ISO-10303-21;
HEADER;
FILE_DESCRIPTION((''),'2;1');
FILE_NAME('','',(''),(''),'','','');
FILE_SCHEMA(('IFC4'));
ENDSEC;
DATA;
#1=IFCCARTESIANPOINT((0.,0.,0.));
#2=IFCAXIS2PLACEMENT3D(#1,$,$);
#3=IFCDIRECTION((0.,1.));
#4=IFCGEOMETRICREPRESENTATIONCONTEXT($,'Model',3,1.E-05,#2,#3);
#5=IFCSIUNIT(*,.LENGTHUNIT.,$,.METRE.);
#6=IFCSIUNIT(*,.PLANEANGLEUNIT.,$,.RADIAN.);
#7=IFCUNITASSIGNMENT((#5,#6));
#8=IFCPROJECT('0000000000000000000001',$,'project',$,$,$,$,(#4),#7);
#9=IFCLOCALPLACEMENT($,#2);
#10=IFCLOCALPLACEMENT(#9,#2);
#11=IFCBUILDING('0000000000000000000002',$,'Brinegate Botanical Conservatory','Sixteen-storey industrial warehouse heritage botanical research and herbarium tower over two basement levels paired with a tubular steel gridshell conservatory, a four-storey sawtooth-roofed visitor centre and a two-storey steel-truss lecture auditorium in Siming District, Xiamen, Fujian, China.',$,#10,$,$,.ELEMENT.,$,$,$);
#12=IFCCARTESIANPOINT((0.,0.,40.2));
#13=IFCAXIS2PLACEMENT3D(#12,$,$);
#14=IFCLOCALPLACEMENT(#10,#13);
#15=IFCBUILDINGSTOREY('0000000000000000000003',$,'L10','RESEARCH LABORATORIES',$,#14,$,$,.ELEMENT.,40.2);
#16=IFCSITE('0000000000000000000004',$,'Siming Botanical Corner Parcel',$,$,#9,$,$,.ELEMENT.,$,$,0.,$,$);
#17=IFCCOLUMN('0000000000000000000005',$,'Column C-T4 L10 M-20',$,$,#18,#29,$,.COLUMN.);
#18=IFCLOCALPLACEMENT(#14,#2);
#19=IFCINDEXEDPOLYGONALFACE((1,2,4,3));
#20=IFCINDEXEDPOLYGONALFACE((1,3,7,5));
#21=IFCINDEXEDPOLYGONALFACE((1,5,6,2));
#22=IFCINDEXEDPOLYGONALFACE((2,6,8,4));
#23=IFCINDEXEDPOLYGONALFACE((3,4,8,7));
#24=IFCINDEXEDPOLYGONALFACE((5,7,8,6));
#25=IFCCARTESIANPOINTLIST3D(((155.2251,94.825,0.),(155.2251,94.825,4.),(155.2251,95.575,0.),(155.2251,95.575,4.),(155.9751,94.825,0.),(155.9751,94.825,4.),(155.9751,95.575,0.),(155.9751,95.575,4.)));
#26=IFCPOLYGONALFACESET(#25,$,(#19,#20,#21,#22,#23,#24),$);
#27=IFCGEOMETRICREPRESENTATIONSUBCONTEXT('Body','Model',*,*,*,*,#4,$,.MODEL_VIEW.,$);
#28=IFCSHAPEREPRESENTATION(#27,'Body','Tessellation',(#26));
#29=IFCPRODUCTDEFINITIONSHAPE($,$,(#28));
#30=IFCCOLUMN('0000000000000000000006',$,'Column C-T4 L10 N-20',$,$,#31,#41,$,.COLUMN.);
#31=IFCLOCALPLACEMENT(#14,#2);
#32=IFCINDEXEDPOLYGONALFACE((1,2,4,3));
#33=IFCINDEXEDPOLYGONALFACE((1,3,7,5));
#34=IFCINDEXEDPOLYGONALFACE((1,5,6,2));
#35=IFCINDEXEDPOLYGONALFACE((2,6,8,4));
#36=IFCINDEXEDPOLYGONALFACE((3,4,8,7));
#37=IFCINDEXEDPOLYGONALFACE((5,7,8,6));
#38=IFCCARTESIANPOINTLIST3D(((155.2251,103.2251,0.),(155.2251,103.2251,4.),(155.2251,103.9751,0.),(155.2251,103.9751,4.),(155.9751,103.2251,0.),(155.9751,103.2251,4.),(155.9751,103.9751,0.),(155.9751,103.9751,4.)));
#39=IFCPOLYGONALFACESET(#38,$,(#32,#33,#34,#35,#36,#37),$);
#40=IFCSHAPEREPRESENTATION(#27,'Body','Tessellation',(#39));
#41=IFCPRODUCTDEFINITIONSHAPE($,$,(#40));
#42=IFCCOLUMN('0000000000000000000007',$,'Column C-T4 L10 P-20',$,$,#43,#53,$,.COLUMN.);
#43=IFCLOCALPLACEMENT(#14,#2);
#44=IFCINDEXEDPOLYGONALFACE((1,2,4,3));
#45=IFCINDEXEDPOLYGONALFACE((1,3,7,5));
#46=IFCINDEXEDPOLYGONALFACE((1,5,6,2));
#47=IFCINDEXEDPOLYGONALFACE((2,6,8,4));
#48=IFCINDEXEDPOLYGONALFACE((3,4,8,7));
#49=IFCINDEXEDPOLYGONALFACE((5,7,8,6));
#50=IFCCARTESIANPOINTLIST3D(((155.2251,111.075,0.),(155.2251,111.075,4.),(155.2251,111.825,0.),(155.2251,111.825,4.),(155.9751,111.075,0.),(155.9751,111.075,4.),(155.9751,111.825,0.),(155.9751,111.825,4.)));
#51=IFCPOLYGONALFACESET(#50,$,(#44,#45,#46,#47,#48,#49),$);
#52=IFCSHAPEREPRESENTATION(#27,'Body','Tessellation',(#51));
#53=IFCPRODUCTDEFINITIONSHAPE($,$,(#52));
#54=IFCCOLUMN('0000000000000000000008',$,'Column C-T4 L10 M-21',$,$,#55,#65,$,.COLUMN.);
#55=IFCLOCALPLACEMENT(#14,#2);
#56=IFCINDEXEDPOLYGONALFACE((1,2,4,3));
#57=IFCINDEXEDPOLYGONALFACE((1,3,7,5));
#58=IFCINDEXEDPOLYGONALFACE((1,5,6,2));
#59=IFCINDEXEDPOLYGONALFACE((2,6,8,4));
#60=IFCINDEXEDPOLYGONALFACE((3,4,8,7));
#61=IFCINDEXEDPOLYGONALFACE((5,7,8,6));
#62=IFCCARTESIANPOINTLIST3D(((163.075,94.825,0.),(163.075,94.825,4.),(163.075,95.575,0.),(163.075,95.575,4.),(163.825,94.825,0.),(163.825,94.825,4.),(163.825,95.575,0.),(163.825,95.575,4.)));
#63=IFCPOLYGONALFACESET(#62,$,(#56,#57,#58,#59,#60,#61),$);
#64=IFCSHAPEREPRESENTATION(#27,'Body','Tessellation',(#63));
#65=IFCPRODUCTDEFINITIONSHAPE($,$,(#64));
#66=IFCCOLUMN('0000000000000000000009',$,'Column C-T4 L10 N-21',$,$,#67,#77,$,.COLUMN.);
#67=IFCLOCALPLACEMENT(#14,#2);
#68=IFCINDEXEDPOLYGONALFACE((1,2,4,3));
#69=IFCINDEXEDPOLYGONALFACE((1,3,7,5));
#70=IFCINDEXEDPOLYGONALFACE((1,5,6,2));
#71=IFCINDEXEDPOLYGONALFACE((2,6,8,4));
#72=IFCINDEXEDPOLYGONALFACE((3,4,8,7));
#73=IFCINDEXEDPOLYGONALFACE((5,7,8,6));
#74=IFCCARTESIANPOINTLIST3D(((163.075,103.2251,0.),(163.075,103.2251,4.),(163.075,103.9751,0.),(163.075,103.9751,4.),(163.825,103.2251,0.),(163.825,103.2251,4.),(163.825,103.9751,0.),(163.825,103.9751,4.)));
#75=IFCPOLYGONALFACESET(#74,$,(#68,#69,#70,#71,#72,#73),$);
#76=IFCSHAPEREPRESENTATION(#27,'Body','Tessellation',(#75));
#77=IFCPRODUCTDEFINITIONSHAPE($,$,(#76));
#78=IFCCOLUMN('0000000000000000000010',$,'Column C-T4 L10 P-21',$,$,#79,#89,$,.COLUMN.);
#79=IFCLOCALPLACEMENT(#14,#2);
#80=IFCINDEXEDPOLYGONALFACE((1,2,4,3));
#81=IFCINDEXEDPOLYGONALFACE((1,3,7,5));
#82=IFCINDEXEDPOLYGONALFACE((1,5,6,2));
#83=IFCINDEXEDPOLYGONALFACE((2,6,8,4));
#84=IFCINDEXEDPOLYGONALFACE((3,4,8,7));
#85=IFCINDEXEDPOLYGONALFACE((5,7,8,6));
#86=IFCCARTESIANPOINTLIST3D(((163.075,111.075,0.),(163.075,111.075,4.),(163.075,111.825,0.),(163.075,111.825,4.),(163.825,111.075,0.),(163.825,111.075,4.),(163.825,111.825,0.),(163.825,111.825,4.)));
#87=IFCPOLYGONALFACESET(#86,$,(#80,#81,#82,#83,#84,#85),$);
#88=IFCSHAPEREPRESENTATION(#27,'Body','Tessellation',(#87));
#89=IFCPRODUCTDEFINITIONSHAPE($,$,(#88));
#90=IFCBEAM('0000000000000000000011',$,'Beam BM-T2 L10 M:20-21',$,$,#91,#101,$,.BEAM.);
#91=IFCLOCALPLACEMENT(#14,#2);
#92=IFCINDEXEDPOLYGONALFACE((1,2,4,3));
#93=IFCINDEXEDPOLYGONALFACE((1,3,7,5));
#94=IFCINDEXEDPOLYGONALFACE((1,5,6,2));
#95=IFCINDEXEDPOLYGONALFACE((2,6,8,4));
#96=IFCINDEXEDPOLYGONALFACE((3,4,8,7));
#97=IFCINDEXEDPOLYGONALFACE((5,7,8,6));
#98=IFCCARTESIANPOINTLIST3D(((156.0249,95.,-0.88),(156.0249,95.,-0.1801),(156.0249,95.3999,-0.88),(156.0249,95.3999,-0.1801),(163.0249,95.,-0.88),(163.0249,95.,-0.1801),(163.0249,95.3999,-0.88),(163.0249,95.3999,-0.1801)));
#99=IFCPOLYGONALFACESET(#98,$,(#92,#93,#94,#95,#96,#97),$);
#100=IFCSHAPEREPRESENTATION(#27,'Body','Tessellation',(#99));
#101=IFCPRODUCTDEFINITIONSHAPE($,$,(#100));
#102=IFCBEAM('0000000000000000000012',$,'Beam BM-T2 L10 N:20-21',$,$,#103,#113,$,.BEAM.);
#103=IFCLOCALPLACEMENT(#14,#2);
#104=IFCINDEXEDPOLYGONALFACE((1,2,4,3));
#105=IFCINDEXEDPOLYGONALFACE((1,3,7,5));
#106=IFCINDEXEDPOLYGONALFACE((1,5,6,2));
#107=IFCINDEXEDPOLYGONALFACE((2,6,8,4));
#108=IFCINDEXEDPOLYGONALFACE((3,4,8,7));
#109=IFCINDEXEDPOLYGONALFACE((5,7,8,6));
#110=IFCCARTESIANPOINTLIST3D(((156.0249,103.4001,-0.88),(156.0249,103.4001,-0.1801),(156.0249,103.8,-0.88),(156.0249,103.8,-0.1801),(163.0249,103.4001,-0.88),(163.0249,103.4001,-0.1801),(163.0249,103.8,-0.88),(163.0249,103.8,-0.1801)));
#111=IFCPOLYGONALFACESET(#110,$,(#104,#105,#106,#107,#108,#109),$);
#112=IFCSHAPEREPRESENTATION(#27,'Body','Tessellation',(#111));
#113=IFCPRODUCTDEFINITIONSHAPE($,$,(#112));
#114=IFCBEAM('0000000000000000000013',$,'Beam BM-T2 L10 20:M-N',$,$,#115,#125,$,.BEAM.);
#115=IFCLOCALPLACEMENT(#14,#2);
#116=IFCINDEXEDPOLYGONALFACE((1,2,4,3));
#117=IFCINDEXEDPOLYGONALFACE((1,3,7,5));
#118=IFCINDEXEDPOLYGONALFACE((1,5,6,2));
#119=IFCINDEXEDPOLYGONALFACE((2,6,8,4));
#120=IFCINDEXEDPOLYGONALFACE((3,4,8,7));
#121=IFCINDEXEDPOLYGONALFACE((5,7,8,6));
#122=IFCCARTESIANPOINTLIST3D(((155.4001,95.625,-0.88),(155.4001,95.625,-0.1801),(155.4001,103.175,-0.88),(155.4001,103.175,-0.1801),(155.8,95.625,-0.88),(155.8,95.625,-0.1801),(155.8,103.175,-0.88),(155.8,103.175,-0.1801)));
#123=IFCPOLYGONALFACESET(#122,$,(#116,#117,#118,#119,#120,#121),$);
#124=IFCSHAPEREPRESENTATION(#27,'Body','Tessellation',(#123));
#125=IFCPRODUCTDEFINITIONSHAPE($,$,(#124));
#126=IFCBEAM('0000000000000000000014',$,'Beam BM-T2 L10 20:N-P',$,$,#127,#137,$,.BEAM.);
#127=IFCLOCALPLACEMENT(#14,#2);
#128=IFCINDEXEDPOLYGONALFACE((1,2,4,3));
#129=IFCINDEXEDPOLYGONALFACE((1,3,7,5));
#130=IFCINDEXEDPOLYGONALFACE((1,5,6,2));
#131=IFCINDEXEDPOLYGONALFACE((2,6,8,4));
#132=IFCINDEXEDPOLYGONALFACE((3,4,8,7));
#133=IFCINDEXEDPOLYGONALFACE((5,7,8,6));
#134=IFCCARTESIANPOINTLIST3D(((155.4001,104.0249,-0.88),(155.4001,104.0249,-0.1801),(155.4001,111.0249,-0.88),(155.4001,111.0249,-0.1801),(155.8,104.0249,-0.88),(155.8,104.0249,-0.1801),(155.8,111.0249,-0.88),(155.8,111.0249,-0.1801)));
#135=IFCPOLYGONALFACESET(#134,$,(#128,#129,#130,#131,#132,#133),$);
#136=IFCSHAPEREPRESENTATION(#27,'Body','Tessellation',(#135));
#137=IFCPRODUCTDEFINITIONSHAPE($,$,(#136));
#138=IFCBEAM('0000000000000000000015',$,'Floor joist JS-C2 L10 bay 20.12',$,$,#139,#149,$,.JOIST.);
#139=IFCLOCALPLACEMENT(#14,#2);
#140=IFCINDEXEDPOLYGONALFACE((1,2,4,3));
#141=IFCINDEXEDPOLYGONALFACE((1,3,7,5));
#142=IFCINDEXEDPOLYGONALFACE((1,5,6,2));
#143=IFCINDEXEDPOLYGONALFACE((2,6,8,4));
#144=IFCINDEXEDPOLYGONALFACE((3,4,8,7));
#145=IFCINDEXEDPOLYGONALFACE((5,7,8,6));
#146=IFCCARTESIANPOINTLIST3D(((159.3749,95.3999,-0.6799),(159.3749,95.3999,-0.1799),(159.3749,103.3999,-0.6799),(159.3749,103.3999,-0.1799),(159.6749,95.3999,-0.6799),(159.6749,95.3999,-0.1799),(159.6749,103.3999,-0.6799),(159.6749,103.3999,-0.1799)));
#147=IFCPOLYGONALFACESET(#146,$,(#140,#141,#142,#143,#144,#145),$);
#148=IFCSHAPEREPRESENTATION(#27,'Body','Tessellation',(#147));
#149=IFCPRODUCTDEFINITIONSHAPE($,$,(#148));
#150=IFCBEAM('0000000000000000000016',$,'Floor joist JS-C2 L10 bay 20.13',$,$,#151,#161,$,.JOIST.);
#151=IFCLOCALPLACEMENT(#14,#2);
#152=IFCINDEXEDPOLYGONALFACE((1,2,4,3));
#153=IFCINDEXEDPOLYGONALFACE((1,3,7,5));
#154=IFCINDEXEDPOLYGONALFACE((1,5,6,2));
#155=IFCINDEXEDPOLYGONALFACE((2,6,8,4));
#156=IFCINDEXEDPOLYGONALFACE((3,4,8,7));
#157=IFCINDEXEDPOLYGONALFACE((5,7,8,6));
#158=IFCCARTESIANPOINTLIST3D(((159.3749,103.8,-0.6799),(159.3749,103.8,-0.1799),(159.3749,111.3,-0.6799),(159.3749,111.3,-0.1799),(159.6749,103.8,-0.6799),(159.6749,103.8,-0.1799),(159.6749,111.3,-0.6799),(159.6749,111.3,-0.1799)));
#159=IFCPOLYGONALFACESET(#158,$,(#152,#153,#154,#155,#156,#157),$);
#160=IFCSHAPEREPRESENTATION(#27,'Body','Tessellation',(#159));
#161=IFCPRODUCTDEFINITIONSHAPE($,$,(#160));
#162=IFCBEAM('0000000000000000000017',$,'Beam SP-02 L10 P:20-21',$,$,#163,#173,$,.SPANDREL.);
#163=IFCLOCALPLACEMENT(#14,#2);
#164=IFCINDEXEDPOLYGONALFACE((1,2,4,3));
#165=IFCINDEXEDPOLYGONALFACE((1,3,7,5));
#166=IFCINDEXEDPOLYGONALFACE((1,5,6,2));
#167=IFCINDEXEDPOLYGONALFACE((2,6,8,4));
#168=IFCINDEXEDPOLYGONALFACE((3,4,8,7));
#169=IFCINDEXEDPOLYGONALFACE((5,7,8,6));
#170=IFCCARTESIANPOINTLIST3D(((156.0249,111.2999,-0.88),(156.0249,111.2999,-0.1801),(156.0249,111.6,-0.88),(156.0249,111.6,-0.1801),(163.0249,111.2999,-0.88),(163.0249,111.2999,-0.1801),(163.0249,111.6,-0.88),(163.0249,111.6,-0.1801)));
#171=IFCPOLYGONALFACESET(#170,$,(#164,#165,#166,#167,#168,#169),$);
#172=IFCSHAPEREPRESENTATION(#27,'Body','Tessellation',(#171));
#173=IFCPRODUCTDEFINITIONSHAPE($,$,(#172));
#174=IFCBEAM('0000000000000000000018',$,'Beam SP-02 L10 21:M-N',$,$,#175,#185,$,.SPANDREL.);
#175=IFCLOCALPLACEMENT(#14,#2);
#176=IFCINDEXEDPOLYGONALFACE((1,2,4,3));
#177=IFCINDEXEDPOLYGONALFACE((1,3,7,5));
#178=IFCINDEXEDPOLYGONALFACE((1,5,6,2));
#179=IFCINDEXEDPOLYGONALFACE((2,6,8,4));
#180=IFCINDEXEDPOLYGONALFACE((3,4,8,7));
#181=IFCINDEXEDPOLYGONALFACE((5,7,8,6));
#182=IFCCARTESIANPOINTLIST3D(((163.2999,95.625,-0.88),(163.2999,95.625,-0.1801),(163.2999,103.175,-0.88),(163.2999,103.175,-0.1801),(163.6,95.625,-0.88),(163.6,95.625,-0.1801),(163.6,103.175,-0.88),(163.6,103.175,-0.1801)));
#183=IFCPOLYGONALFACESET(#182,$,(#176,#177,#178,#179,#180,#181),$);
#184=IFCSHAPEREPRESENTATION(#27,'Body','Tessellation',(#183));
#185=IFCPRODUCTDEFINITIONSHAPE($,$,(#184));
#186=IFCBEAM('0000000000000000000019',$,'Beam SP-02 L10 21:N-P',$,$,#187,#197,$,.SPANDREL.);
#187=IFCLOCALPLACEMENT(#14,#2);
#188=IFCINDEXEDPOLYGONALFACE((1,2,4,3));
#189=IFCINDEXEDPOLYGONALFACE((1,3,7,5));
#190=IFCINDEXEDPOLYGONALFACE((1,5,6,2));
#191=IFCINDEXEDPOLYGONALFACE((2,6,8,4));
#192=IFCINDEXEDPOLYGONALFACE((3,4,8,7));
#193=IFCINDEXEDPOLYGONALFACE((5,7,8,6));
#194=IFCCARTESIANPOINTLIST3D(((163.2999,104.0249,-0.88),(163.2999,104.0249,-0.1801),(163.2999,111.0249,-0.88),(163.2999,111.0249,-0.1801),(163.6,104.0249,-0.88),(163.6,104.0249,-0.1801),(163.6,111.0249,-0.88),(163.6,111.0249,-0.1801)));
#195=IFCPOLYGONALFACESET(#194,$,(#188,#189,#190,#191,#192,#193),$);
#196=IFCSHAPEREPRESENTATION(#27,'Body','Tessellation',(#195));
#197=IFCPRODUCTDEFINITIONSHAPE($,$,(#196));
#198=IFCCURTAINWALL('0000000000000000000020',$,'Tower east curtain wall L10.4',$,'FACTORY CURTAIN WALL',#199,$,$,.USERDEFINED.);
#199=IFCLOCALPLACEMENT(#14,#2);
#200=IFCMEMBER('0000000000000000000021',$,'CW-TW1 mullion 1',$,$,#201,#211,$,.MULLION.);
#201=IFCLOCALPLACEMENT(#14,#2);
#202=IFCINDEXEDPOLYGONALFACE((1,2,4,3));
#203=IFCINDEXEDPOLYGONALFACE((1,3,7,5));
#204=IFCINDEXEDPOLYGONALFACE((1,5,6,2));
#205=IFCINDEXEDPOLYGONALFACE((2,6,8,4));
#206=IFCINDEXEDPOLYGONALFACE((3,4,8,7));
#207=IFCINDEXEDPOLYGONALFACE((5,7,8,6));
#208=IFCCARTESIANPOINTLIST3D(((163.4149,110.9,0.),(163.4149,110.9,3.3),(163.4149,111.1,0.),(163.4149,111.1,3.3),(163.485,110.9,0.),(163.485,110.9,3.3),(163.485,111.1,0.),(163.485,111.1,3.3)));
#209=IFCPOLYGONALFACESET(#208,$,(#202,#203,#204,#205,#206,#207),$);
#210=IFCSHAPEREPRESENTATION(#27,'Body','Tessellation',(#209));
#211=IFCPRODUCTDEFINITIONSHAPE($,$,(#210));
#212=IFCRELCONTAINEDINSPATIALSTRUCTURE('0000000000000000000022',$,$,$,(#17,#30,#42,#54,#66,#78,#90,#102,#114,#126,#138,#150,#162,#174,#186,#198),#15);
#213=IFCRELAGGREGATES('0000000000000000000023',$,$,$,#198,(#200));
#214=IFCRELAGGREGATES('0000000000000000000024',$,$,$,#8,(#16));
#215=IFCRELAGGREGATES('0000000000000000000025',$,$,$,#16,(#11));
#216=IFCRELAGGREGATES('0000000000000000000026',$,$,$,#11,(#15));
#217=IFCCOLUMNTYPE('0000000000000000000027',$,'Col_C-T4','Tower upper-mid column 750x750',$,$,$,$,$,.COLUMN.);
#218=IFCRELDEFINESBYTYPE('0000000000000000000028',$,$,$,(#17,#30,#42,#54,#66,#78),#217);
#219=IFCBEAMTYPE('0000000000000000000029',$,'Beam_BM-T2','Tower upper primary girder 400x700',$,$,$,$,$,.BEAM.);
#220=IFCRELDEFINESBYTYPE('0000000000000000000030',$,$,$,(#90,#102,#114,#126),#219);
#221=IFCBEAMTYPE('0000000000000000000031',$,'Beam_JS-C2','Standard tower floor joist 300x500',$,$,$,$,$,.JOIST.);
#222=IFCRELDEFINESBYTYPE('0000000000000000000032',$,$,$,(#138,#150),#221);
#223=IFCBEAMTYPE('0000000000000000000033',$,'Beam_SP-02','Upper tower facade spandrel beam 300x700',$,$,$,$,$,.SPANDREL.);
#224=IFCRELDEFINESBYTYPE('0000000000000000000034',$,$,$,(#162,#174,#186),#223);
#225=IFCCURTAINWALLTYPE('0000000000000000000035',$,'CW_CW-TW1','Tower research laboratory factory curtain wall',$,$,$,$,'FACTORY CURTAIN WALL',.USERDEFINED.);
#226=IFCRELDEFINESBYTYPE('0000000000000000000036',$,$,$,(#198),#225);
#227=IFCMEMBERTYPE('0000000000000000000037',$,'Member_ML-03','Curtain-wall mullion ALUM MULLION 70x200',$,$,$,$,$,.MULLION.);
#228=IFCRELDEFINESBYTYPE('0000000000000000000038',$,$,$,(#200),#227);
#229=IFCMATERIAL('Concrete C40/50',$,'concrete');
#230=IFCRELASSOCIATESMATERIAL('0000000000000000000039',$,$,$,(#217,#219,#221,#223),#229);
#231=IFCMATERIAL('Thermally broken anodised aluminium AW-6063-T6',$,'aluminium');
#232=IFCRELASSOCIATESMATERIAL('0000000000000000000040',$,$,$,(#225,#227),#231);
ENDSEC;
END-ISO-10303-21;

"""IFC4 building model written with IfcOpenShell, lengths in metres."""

from ifc_helpers import new_model, si_unit, direction, frame, origin, origin_2d, place, context, subcontext, project, spatial, rectangle, extrude, material, material_profile, profile_set, type_object, element, aggregate, save


model = new_model("IFC4")

# Units and contexts
model_context = context("Model", 3, precision=1e-05, world=origin(), true_north=direction((0.0, 1.0)))
body_context = subcontext(model_context, "Body", "Model", "MODEL_VIEW")
ifc_project = project(units=[si_unit("LENGTHUNIT", "METRE"), si_unit("PLANEANGLEUNIT", "RADIAN")], contexts=[model_context])

# Site, building, storey
site_placement = place(None, origin())
site = spatial("IfcSite", under=ifc_project, at=site_placement, Name="Siming Botanical Corner Parcel", CompositionType="ELEMENT", RefElevation=0.0)
building_placement = place(site_placement, origin())
building = spatial("IfcBuilding", under=site, at=building_placement, Name="Brinegate Botanical Conservatory", Description="Sixteen-storey industrial warehouse heritage botanical research and herbarium tower over two basement levels paired with a tubular steel gridshell conservatory, a four-storey sawtooth-roofed visitor centre and a two-storey steel-truss lecture auditorium in Siming District, Xiamen, Fujian, China.", CompositionType="ELEMENT")
storey_placement = place(building_placement, frame((0.0, 0.0, 40.2)))
storey = spatial("IfcBuildingStorey", under=building, at=storey_placement, Name="L10", Description="RESEARCH LABORATORIES", CompositionType="ELEMENT", Elevation=40.2)

# Columns
ifc_material_1 = material(Name="Concrete C40/50", Category="concrete")
ifc_material_profile_1 = material_profile(ifc_material_1, rectangle(XDim=0.75, YDim=0.75, at=origin_2d()), Name="RC COL 750x750")
ifc_profile_set_1 = profile_set([ifc_material_profile_1], Name="Concrete C40/50")
column_type = type_object("IfcColumnType", Name="Col_C-T4", Description="Tower upper-mid column 750x750", PredefinedType="COLUMN", material=ifc_profile_set_1)
for number, where, z_axis, x_axis, name in (
    (1, (155.6001, 95.2, 0.0), (0.0, 0.0, 1.0), (1.0, 0.0, 0.0), "Column C-T4 L10 M-20"),
    (2, (155.6001, 103.6001, 0.0), (0.0, 0.0, 1.0), (1.0, 0.0, 0.0), "Column C-T4 L10 N-20"),
    (3, (155.6001, 111.45, 0.0), (0.0, 0.0, 1.0), (1.0, 0.0, 0.0), "Column C-T4 L10 P-20"),
    (4, (163.45, 95.2, 0.0), (0.0, 0.0, 1.0), (1.0, 0.0, 0.0), "Column C-T4 L10 M-21"),
    (5, (163.45, 103.6001, 0.0), (0.0, 0.0, 1.0), (1.0, 0.0, 0.0), "Column C-T4 L10 N-21"),
    (6, (163.45, 111.45, 0.0), (0.0, 0.0, 1.0), (1.0, 0.0, 0.0), "Column C-T4 L10 P-21"),
):
    element("IfcColumn", number, at=place(storey_placement, frame(where, z_axis=z_axis, x_axis=x_axis)), inside=storey, type_object=column_type, Name=name, PredefinedType="COLUMN", context=body_context, shape_type="SweptSolid", body=[
        extrude(rectangle(XDim=0.75, YDim=0.75, at=origin_2d()), origin(), (0.0, 0.0, 1.0), 4.0),
    ])

# Beams
ifc_material_profile_2 = material_profile(ifc_material_1, rectangle(XDim=0.3999, YDim=0.7, at=origin_2d()), Name="RC BM 400x700")
ifc_profile_set_2 = profile_set([ifc_material_profile_2], Name="Concrete C40/50")
beam_type_1 = type_object("IfcBeamType", Name="Beam_BM-T2", Description="Tower upper primary girder 400x700", PredefinedType="BEAM", material=ifc_profile_set_2)
for number, where, z_axis, x_axis, name in (
    (7, (156.0249, 95.2, -0.53), (1.0, 0.0, 0.0), (0.0, 1.0, 0.0), "Beam BM-T2 L10 M:20-21"),
    (8, (156.0249, 103.6001, -0.53), (1.0, 0.0, 0.0), (0.0, 1.0, 0.0), "Beam BM-T2 L10 N:20-21"),
):
    element("IfcBeam", number, at=place(storey_placement, frame(where, z_axis=z_axis, x_axis=x_axis)), inside=storey, type_object=beam_type_1, Name=name, PredefinedType="BEAM", context=body_context, shape_type="SweptSolid", body=[
        extrude(rectangle(XDim=0.3999, YDim=0.7, at=origin_2d()), origin(), (0.0, 0.0, 1.0), 7.0),
    ])
beam_1_placement = place(storey_placement, frame((155.6001, 95.625, -0.53), z_axis=(0.0, 1.0, 0.0), x_axis=(-1.0, 0.0, 0.0)))
element("IfcBeam", 9, at=beam_1_placement, inside=storey, type_object=beam_type_1, Name="Beam BM-T2 L10 20:M-N", PredefinedType="BEAM", context=body_context, shape_type="SweptSolid", body=[
    extrude(rectangle(XDim=0.3999, YDim=0.7, at=origin_2d()), origin(), (0.0, 0.0, 1.0), 7.55),
])
beam_2_placement = place(storey_placement, frame((155.6001, 104.0249, -0.53), z_axis=(0.0, 1.0, 0.0), x_axis=(-1.0, 0.0, 0.0)))
element("IfcBeam", 10, at=beam_2_placement, inside=storey, type_object=beam_type_1, Name="Beam BM-T2 L10 20:N-P", PredefinedType="BEAM", context=body_context, shape_type="SweptSolid", body=[
    extrude(rectangle(XDim=0.3999, YDim=0.7, at=origin_2d()), origin(), (0.0, 0.0, 1.0), 7.0),
])
ifc_material_profile_3 = material_profile(ifc_material_1, rectangle(XDim=0.3, YDim=0.5, at=origin_2d()), Name="RC JST 300x500")
ifc_profile_set_3 = profile_set([ifc_material_profile_3], Name="Concrete C40/50")
beam_type_2 = type_object("IfcBeamType", Name="Beam_JS-C2", Description="Standard tower floor joist 300x500", PredefinedType="JOIST", material=ifc_profile_set_3)
beam_3_placement = place(storey_placement, frame((159.5249, 95.3999, -0.4299), z_axis=(0.0, 1.0, 0.0), x_axis=(-1.0, 0.0, 0.0)))
element("IfcBeam", 11, at=beam_3_placement, inside=storey, type_object=beam_type_2, Name="Floor joist JS-C2 L10 bay 20.12", PredefinedType="JOIST", context=body_context, shape_type="SweptSolid", body=[
    extrude(rectangle(XDim=0.3, YDim=0.5, at=origin_2d()), origin(), (0.0, 0.0, 1.0), 8.0),
])
beam_4_placement = place(storey_placement, frame((159.5249, 103.8, -0.4299), z_axis=(0.0, 1.0, 0.0), x_axis=(-1.0, 0.0, 0.0)))
element("IfcBeam", 12, at=beam_4_placement, inside=storey, type_object=beam_type_2, Name="Floor joist JS-C2 L10 bay 20.13", PredefinedType="JOIST", context=body_context, shape_type="SweptSolid", body=[
    extrude(rectangle(XDim=0.3, YDim=0.5, at=origin_2d()), origin(), (0.0, 0.0, 1.0), 7.5),
])
ifc_material_profile_4 = material_profile(ifc_material_1, rectangle(XDim=0.3, YDim=0.7, at=origin_2d()), Name="RC SPN 300x700")
ifc_profile_set_4 = profile_set([ifc_material_profile_4], Name="Concrete C40/50")
beam_type_3 = type_object("IfcBeamType", Name="Beam_SP-02", Description="Upper tower facade spandrel beam 300x700", PredefinedType="SPANDREL", material=ifc_profile_set_4)
beam_5_placement = place(storey_placement, frame((156.0249, 111.45, -0.53), z_axis=(1.0, 0.0, 0.0), x_axis=(0.0, 1.0, 0.0)))
element("IfcBeam", 13, at=beam_5_placement, inside=storey, type_object=beam_type_3, Name="Beam SP-02 L10 P:20-21", PredefinedType="SPANDREL", context=body_context, shape_type="SweptSolid", body=[
    extrude(rectangle(XDim=0.3, YDim=0.7, at=origin_2d()), origin(), (0.0, 0.0, 1.0), 7.0),
])
beam_6_placement = place(storey_placement, frame((163.45, 95.625, -0.53), z_axis=(0.0, 1.0, 0.0), x_axis=(-1.0, 0.0, 0.0)))
element("IfcBeam", 14, at=beam_6_placement, inside=storey, type_object=beam_type_3, Name="Beam SP-02 L10 21:M-N", PredefinedType="SPANDREL", context=body_context, shape_type="SweptSolid", body=[
    extrude(rectangle(XDim=0.3, YDim=0.7, at=origin_2d()), origin(), (0.0, 0.0, 1.0), 7.55),
])
beam_7_placement = place(storey_placement, frame((163.45, 104.0249, -0.53), z_axis=(0.0, 1.0, 0.0), x_axis=(-1.0, 0.0, 0.0)))
element("IfcBeam", 15, at=beam_7_placement, inside=storey, type_object=beam_type_3, Name="Beam SP-02 L10 21:N-P", PredefinedType="SPANDREL", context=body_context, shape_type="SweptSolid", body=[
    extrude(rectangle(XDim=0.3, YDim=0.7, at=origin_2d()), origin(), (0.0, 0.0, 1.0), 7.0),
])

# Curtain wall, member
ifc_material_2 = material(Name="Thermally broken anodised aluminium AW-6063-T6", Category="aluminium")
curtain_wall_type = type_object("IfcCurtainWallType", Name="CW_CW-TW1", Description="Tower research laboratory factory curtain wall", ElementType="FACTORY CURTAIN WALL", PredefinedType="USERDEFINED", material=ifc_material_2)
curtain_wall_placement = place(storey_placement, origin())
curtain_wall = element("IfcCurtainWall", 16, at=curtain_wall_placement, inside=storey, type_object=curtain_wall_type, Name="Tower east curtain wall L10.4", ObjectType="FACTORY CURTAIN WALL", PredefinedType="USERDEFINED")
ifc_material_profile_5 = material_profile(ifc_material_2, rectangle(XDim=0.0701, YDim=0.2, at=origin_2d()), Name="ALUM MULLION 70x200")
ifc_profile_set_5 = profile_set([ifc_material_profile_5], Name="Thermally broken anodised aluminium AW-6063-T6")
member_type_1 = type_object("IfcMemberType", Name="Member_ML-03", Description="Curtain-wall mullion ALUM MULLION 70x200", PredefinedType="MULLION", material=ifc_profile_set_5)
member_1_placement = place(storey_placement, frame((163.45, 111.0, 0.0), z_axis=(0.0, 0.0, 1.0), x_axis=(1.0, 0.0, 0.0)))
member_1 = element("IfcMember", 17, at=member_1_placement, type_object=member_type_1, Name="CW-TW1 mullion 1", PredefinedType="MULLION", context=body_context, shape_type="SweptSolid", body=[
    extrude(rectangle(XDim=0.0701, YDim=0.2, at=origin_2d()), origin(), (0.0, 0.0, 1.0), 3.3),
])
aggregate(curtain_wall, [member_1])

save(model, "model.ifc")
